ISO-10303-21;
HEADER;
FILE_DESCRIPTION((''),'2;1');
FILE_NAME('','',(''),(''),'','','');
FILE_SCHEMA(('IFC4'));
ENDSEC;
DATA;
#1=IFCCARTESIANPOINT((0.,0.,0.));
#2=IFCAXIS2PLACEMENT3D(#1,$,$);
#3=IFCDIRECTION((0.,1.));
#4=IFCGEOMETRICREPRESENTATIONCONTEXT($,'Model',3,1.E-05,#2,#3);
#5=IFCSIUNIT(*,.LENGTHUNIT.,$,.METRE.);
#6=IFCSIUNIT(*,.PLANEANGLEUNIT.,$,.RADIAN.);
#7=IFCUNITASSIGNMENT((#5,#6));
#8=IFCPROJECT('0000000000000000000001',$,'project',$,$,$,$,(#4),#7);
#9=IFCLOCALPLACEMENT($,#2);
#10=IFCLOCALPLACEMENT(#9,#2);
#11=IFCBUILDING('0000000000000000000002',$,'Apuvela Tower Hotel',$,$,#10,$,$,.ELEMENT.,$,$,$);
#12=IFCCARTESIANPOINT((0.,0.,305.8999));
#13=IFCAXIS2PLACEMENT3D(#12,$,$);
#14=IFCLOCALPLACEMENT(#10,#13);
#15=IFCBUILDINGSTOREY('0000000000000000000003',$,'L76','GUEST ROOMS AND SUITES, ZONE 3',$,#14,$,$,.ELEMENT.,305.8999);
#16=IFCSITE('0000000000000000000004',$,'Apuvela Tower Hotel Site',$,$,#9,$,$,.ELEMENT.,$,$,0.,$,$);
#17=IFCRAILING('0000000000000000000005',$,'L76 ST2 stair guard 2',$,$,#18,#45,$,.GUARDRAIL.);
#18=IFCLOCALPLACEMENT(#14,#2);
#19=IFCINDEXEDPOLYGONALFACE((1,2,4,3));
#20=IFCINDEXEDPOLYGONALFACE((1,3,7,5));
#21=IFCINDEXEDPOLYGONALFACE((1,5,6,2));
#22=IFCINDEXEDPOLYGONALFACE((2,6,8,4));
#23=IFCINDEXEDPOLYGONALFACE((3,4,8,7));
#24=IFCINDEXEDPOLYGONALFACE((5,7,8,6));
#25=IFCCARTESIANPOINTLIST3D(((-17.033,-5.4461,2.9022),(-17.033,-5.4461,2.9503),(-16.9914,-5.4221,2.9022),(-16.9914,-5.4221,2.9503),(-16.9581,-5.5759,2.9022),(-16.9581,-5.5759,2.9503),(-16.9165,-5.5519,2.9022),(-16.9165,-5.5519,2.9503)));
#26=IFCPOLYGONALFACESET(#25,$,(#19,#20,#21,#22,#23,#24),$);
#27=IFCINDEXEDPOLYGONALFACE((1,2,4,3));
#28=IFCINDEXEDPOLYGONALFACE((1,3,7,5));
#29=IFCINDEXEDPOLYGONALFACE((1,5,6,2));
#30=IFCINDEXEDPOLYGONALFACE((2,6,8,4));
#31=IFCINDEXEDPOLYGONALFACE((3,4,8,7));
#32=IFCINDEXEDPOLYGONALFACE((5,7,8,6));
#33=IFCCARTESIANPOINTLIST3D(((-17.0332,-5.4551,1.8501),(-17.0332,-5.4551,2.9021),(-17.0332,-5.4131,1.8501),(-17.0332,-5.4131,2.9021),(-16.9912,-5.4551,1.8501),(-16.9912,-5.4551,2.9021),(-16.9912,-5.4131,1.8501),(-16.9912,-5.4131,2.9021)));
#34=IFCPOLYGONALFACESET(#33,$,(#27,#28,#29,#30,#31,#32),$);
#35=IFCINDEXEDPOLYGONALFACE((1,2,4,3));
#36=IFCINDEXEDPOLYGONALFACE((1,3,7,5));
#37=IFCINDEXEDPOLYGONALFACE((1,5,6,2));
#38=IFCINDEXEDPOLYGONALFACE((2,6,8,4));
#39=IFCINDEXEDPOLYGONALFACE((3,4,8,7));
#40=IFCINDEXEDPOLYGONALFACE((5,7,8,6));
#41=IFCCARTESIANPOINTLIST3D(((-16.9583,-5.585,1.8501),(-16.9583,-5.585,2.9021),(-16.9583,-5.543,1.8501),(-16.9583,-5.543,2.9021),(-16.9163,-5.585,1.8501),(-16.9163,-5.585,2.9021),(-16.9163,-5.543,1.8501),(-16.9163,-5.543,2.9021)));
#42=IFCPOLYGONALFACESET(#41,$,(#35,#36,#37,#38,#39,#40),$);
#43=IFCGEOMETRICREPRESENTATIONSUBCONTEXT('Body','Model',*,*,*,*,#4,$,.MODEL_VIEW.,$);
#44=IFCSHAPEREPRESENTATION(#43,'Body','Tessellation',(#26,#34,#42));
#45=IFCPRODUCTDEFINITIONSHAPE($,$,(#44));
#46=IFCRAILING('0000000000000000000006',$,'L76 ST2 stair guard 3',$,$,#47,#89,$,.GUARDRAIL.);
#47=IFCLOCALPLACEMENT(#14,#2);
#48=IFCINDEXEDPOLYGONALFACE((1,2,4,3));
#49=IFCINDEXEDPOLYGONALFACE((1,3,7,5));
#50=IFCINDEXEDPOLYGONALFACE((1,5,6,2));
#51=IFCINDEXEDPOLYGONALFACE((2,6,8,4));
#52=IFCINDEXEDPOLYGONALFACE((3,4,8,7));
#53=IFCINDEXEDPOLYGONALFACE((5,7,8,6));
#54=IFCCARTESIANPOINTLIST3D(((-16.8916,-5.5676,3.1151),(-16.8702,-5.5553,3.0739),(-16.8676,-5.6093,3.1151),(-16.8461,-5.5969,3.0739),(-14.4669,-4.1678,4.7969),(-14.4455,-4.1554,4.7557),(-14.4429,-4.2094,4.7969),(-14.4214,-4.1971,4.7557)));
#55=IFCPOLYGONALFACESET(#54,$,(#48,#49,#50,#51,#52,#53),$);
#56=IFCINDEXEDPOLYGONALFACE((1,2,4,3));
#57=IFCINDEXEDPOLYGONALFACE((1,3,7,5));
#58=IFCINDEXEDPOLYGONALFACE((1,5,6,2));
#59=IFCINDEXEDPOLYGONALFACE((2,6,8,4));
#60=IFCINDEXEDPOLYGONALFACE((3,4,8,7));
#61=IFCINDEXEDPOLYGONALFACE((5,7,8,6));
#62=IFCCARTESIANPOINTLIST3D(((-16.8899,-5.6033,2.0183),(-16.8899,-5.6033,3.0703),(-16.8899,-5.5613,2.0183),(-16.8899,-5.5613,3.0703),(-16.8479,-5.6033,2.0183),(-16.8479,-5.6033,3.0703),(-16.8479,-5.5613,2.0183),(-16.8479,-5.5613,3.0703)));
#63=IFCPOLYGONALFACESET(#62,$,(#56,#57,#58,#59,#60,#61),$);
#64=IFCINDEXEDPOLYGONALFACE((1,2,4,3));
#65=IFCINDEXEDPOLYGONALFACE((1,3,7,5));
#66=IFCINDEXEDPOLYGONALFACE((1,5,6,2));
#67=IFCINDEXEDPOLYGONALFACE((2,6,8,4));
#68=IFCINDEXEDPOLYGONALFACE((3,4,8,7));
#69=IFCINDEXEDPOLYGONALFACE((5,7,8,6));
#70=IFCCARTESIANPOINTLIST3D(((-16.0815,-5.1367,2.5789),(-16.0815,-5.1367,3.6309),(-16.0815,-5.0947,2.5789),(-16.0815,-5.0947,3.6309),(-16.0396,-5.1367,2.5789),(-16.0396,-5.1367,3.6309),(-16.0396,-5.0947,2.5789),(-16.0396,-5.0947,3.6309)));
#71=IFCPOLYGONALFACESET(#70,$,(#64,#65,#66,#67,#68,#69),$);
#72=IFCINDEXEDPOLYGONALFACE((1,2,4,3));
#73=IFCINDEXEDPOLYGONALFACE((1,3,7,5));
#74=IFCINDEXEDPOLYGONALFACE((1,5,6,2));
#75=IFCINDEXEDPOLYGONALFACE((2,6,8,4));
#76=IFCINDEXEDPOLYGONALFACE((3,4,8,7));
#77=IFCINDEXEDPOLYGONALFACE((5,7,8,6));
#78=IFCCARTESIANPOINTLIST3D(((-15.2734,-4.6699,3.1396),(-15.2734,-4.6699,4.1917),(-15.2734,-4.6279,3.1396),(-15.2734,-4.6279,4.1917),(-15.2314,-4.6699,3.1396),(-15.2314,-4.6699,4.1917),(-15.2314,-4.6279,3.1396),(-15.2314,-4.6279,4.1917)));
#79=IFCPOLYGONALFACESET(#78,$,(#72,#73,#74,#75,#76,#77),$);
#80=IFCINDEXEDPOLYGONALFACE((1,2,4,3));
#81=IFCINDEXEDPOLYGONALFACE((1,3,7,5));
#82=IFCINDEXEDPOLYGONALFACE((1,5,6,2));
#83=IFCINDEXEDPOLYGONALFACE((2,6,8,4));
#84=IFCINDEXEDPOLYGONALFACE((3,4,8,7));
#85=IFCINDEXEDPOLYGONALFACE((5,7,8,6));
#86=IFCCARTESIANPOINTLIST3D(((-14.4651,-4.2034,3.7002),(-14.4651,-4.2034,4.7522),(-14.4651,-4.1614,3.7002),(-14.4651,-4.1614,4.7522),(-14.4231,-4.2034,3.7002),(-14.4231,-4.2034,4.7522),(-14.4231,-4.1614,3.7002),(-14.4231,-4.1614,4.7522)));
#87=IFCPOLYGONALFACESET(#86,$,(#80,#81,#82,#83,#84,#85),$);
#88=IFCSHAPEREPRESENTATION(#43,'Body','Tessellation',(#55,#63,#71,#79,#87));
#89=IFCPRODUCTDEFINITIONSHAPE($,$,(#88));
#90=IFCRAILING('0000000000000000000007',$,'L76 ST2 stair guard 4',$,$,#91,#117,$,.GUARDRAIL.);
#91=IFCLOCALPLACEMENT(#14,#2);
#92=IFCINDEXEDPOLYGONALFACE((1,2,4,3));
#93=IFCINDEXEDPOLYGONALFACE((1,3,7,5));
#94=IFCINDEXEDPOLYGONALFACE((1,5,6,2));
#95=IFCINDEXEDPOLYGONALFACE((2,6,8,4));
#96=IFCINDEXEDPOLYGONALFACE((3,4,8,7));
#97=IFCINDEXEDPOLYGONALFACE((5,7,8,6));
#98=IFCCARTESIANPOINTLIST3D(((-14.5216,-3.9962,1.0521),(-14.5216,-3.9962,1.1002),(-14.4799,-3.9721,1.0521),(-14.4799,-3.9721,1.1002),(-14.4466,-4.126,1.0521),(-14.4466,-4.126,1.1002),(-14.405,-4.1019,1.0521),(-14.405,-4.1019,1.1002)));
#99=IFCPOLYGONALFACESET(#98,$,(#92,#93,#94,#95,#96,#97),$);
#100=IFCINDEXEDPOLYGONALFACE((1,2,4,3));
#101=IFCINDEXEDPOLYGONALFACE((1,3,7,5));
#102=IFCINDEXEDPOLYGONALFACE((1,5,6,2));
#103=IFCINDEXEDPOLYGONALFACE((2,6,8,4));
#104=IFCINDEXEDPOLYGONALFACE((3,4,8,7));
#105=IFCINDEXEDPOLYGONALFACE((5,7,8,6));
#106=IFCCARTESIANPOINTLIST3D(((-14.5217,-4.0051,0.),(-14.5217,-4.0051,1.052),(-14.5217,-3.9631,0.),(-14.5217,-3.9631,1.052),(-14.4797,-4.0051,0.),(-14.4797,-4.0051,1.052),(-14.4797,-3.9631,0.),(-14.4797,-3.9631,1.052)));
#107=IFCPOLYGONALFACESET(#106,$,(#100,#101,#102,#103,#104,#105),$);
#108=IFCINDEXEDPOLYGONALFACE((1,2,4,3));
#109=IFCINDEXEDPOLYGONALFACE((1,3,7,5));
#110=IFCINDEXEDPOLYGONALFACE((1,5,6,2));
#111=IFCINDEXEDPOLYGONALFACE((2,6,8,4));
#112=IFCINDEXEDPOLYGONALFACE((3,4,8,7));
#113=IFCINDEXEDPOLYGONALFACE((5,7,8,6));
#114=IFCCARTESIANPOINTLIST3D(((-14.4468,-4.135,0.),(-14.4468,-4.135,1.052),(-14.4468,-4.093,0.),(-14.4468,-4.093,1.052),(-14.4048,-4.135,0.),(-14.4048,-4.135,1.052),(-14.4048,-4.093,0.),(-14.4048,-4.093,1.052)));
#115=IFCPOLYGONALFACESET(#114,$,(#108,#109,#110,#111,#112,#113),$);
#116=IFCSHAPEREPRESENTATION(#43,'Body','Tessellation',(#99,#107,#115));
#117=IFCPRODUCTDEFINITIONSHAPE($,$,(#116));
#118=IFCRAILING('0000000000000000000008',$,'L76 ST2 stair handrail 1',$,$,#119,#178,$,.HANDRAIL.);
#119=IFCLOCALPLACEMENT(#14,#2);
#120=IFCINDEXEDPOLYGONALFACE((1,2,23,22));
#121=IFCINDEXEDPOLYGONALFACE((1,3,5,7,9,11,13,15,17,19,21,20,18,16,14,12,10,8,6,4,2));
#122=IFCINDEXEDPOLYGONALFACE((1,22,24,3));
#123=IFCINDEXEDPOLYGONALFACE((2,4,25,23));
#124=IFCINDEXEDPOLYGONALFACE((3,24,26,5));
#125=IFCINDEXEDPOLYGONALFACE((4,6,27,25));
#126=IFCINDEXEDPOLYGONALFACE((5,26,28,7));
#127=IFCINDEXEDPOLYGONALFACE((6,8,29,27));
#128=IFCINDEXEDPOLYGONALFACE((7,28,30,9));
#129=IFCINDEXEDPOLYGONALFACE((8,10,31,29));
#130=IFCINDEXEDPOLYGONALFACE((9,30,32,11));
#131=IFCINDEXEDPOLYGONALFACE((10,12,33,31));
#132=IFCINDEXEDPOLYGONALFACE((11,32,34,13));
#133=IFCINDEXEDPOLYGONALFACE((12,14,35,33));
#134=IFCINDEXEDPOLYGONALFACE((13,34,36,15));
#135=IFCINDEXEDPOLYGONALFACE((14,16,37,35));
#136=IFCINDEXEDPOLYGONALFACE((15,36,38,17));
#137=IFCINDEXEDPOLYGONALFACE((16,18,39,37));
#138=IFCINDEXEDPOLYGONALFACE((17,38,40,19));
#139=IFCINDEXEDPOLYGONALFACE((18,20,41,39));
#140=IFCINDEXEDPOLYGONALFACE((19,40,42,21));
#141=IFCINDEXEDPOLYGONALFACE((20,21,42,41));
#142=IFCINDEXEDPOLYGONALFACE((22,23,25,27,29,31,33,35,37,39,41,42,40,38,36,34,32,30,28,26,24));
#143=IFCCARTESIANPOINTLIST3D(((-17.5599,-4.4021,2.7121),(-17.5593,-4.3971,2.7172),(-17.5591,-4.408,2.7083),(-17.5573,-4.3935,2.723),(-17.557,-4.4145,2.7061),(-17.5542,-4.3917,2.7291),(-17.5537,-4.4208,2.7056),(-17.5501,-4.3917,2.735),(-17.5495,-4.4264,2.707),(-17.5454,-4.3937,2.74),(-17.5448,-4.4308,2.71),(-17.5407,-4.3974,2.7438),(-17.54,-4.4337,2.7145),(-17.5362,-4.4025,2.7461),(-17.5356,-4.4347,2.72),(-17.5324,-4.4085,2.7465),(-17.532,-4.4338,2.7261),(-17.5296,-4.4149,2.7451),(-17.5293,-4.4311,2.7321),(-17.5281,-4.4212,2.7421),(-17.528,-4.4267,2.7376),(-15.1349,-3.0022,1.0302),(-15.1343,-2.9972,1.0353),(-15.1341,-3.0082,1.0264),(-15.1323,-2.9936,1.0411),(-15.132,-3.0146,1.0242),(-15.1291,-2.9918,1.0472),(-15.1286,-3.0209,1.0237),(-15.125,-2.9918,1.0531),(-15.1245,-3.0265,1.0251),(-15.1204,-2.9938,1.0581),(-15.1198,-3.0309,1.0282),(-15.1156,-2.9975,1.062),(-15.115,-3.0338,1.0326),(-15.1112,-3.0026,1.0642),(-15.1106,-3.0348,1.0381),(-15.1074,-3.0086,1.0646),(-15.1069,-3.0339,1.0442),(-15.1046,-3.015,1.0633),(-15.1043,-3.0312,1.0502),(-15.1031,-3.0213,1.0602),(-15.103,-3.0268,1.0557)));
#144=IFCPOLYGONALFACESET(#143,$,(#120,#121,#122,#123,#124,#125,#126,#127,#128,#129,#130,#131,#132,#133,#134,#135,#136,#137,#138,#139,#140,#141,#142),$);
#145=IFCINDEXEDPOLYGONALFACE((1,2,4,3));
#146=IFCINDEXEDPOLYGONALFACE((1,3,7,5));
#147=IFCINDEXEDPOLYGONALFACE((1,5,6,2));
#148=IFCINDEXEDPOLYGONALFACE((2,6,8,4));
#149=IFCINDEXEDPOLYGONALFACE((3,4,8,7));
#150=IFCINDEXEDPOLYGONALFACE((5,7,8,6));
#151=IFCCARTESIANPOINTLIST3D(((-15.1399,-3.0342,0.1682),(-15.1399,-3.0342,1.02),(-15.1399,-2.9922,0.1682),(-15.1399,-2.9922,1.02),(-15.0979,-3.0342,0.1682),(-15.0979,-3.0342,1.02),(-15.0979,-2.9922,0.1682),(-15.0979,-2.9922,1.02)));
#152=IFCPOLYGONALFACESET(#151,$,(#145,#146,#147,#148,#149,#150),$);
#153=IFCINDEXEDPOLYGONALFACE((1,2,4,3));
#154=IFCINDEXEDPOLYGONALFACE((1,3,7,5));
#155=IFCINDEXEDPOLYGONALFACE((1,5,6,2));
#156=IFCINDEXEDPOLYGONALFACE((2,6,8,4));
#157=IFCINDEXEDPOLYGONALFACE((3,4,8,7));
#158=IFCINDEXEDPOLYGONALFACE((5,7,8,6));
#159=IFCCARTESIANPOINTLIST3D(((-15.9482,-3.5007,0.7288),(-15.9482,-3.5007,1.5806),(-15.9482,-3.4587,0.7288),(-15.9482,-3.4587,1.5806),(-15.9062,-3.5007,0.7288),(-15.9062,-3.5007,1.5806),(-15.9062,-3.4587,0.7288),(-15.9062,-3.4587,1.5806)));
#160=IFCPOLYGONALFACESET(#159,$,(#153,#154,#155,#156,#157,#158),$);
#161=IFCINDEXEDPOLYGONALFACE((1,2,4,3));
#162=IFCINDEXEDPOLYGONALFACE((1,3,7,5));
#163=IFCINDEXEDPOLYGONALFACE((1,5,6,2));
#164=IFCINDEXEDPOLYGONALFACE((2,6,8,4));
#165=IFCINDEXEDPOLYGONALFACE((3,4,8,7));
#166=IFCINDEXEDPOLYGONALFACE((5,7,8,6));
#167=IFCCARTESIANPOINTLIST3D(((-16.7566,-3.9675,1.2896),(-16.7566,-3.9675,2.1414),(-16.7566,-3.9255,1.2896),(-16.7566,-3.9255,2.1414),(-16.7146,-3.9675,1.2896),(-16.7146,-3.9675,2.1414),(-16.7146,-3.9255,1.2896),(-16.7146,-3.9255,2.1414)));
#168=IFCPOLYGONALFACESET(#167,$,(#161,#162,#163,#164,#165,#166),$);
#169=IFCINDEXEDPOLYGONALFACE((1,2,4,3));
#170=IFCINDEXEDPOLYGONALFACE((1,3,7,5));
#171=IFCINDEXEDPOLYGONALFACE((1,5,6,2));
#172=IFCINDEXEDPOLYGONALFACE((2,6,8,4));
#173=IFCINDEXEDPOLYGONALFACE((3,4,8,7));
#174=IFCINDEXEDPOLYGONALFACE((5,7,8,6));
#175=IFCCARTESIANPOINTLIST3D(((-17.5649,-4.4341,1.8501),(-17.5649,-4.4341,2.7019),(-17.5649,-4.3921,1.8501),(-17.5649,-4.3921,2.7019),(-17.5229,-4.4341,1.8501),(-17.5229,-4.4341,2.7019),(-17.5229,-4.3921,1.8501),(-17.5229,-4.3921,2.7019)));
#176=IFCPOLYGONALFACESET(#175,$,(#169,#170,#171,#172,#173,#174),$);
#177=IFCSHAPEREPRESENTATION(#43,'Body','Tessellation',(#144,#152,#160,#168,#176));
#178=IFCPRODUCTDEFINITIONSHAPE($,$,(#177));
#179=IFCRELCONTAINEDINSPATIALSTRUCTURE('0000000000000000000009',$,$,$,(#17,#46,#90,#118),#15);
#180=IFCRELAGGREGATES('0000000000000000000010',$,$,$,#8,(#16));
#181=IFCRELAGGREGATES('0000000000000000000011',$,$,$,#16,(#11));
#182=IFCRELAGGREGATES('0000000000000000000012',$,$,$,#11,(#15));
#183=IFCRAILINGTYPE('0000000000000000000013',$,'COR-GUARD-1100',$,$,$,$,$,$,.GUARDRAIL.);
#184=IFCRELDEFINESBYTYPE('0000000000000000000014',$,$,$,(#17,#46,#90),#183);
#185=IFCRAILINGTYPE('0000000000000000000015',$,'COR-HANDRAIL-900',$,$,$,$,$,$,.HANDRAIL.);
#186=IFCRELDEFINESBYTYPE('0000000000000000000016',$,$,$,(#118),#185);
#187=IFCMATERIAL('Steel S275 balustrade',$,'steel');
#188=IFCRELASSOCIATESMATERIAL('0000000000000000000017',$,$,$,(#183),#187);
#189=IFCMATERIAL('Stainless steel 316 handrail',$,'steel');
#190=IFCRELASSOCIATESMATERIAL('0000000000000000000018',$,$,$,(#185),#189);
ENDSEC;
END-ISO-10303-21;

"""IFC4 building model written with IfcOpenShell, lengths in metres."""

from ifc_helpers import new_model, si_unit, direction, frame, origin, origin_2d, place, context, subcontext, project, spatial, rectangle, circle, extrude, material, type_object, element, save


model = new_model("IFC4")

# Units and contexts
model_context = context("Model", 3, precision=1e-05, world=origin(), true_north=direction((0.0, 1.0)))
body_context = subcontext(model_context, "Body", "Model", "MODEL_VIEW")
ifc_project = project(units=[si_unit("LENGTHUNIT", "METRE"), si_unit("PLANEANGLEUNIT", "RADIAN")], contexts=[model_context])

# Site, building, storey
site_placement = place(None, origin())
site = spatial("IfcSite", under=ifc_project, at=site_placement, Name="Apuvela Tower Hotel Site", CompositionType="ELEMENT", RefElevation=0.0)
building_placement = place(site_placement, origin())
building = spatial("IfcBuilding", under=site, at=building_placement, Name="Apuvela Tower Hotel", CompositionType="ELEMENT")
storey_placement = place(building_placement, frame((0.0, 0.0, 305.8999)))
storey = spatial("IfcBuildingStorey", under=building, at=storey_placement, Name="L76", Description="GUEST ROOMS AND SUITES, ZONE 3", CompositionType="ELEMENT", Elevation=305.8999)

# Railings
ifc_material_1 = material(Name="Steel S275 balustrade", Category="steel")
railing_type_1 = type_object("IfcRailingType", Name="COR-GUARD-1100", PredefinedType="GUARDRAIL", material=ifc_material_1)
railing_1_placement = place(storey_placement, frame((-17.0122, -5.4341, 1.8501)))
element("IfcRailing", 1, at=railing_1_placement, inside=storey, type_object=railing_type_1, Name="L76 ST2 stair guard 2", PredefinedType="GUARDRAIL", context=body_context, shape_type="SweptSolid", body=[
    extrude(rectangle(XDim=0.0481, YDim=0.0481, at=origin_2d()), frame((0.0, 0.0, 1.0762), z_axis=(0.499816, -0.866131, 0.0), x_axis=(0.866131, 0.499816, 0.0)), (0.0, 0.0, 1.0), 0.1499),
    extrude(rectangle(XDim=0.042, YDim=0.042, at=origin_2d()), origin(), (0.0, 0.0, 1.0), 1.052),
    extrude(rectangle(XDim=0.042, YDim=0.042, at=origin_2d()), frame((0.075, -0.1299, 0.0)), (0.0, 0.0, 1.0), 1.052),
])
railing_2_placement = place(storey_placement, frame((-16.8689, -5.5823, 2.0183)))
element("IfcRailing", 2, at=railing_2_placement, inside=storey, type_object=railing_type_1, Name="L76 ST2 stair guard 3", PredefinedType="GUARDRAIL", context=body_context, shape_type="SweptSolid", body=[
    extrude(rectangle(XDim=0.0481, YDim=0.0481, at=origin_2d()), frame((0.0, 0.0, 1.0762), z_axis=(0.74239, 0.428601, 0.514934), x_axis=(-0.499984, 0.866035, 0.0)), (0.0, 0.0, 1.0), 3.2661),
    extrude(rectangle(XDim=0.042, YDim=0.042, at=origin_2d()), origin(), (0.0, 0.0, 1.0), 1.052),
    extrude(rectangle(XDim=0.042, YDim=0.042, at=origin_2d()), frame((0.8083, 0.4666, 0.5605)), (0.0, 0.0, 1.0), 1.052),
    extrude(rectangle(XDim=0.042, YDim=0.042, at=origin_2d()), frame((1.6165, 0.9333, 1.1213)), (0.0, 0.0, 1.0), 1.052),
    extrude(rectangle(XDim=0.042, YDim=0.042, at=origin_2d()), frame((2.4248, 1.3999, 1.6819)), (0.0, 0.0, 1.0), 1.052),
])
railing_3_placement = place(storey_placement, frame((-14.5007, -3.9841, 0.0)))
element("IfcRailing", 3, at=railing_3_placement, inside=storey, type_object=railing_type_1, Name="L76 ST2 stair guard 4", PredefinedType="GUARDRAIL", context=body_context, shape_type="SweptSolid", body=[
    extrude(rectangle(XDim=0.0481, YDim=0.0481, at=origin_2d()), frame((0.0, 0.0, 1.0762), z_axis=(0.499816, -0.866131, 0.0), x_axis=(0.866131, 0.499816, 0.0)), (0.0, 0.0, 1.0), 0.1499),
    extrude(rectangle(XDim=0.042, YDim=0.042, at=origin_2d()), origin(), (0.0, 0.0, 1.0), 1.052),
    extrude(rectangle(XDim=0.042, YDim=0.042, at=origin_2d()), frame((0.075, -0.1299, 0.0)), (0.0, 0.0, 1.0), 1.052),
])
ifc_material_2 = material(Name="Stainless steel 316 handrail", Category="steel")
railing_type_2 = type_object("IfcRailingType", Name="COR-HANDRAIL-900", PredefinedType="HANDRAIL", material=ifc_material_2)
railing_4_placement = place(storey_placement, frame((-15.1189, -3.0132, 0.1682)))
element("IfcRailing", 4, at=railing_4_placement, inside=storey, type_object=railing_type_2, Name="L76 ST2 stair handrail 1", PredefinedType="HANDRAIL", context=body_context, shape_type="SweptSolid", body=[
    extrude(circle(Radius=0.0239, at=origin_2d()), frame((0.0, 0.0, 0.876), z_axis=(-0.742424, -0.428577, 0.514906), x_axis=(0.499946, -0.866056, 0.0)), (0.0, 0.0, 1.0), 3.2664),
    extrude(rectangle(XDim=0.042, YDim=0.042, at=origin_2d()), origin(), (0.0, 0.0, 1.0), 0.8518),
    extrude(rectangle(XDim=0.042, YDim=0.042, at=origin_2d()), frame((-0.8083, -0.4666, 0.5605)), (0.0, 0.0, 1.0), 0.8518),
    extrude(rectangle(XDim=0.042, YDim=0.042, at=origin_2d()), frame((-1.6167, -0.9333, 1.1213)), (0.0, 0.0, 1.0), 0.8518),
    extrude(rectangle(XDim=0.042, YDim=0.042, at=origin_2d()), frame((-2.425, -1.3999, 1.6819)), (0.0, 0.0, 1.0), 0.8518),
])

save(model, "model.ifc")
